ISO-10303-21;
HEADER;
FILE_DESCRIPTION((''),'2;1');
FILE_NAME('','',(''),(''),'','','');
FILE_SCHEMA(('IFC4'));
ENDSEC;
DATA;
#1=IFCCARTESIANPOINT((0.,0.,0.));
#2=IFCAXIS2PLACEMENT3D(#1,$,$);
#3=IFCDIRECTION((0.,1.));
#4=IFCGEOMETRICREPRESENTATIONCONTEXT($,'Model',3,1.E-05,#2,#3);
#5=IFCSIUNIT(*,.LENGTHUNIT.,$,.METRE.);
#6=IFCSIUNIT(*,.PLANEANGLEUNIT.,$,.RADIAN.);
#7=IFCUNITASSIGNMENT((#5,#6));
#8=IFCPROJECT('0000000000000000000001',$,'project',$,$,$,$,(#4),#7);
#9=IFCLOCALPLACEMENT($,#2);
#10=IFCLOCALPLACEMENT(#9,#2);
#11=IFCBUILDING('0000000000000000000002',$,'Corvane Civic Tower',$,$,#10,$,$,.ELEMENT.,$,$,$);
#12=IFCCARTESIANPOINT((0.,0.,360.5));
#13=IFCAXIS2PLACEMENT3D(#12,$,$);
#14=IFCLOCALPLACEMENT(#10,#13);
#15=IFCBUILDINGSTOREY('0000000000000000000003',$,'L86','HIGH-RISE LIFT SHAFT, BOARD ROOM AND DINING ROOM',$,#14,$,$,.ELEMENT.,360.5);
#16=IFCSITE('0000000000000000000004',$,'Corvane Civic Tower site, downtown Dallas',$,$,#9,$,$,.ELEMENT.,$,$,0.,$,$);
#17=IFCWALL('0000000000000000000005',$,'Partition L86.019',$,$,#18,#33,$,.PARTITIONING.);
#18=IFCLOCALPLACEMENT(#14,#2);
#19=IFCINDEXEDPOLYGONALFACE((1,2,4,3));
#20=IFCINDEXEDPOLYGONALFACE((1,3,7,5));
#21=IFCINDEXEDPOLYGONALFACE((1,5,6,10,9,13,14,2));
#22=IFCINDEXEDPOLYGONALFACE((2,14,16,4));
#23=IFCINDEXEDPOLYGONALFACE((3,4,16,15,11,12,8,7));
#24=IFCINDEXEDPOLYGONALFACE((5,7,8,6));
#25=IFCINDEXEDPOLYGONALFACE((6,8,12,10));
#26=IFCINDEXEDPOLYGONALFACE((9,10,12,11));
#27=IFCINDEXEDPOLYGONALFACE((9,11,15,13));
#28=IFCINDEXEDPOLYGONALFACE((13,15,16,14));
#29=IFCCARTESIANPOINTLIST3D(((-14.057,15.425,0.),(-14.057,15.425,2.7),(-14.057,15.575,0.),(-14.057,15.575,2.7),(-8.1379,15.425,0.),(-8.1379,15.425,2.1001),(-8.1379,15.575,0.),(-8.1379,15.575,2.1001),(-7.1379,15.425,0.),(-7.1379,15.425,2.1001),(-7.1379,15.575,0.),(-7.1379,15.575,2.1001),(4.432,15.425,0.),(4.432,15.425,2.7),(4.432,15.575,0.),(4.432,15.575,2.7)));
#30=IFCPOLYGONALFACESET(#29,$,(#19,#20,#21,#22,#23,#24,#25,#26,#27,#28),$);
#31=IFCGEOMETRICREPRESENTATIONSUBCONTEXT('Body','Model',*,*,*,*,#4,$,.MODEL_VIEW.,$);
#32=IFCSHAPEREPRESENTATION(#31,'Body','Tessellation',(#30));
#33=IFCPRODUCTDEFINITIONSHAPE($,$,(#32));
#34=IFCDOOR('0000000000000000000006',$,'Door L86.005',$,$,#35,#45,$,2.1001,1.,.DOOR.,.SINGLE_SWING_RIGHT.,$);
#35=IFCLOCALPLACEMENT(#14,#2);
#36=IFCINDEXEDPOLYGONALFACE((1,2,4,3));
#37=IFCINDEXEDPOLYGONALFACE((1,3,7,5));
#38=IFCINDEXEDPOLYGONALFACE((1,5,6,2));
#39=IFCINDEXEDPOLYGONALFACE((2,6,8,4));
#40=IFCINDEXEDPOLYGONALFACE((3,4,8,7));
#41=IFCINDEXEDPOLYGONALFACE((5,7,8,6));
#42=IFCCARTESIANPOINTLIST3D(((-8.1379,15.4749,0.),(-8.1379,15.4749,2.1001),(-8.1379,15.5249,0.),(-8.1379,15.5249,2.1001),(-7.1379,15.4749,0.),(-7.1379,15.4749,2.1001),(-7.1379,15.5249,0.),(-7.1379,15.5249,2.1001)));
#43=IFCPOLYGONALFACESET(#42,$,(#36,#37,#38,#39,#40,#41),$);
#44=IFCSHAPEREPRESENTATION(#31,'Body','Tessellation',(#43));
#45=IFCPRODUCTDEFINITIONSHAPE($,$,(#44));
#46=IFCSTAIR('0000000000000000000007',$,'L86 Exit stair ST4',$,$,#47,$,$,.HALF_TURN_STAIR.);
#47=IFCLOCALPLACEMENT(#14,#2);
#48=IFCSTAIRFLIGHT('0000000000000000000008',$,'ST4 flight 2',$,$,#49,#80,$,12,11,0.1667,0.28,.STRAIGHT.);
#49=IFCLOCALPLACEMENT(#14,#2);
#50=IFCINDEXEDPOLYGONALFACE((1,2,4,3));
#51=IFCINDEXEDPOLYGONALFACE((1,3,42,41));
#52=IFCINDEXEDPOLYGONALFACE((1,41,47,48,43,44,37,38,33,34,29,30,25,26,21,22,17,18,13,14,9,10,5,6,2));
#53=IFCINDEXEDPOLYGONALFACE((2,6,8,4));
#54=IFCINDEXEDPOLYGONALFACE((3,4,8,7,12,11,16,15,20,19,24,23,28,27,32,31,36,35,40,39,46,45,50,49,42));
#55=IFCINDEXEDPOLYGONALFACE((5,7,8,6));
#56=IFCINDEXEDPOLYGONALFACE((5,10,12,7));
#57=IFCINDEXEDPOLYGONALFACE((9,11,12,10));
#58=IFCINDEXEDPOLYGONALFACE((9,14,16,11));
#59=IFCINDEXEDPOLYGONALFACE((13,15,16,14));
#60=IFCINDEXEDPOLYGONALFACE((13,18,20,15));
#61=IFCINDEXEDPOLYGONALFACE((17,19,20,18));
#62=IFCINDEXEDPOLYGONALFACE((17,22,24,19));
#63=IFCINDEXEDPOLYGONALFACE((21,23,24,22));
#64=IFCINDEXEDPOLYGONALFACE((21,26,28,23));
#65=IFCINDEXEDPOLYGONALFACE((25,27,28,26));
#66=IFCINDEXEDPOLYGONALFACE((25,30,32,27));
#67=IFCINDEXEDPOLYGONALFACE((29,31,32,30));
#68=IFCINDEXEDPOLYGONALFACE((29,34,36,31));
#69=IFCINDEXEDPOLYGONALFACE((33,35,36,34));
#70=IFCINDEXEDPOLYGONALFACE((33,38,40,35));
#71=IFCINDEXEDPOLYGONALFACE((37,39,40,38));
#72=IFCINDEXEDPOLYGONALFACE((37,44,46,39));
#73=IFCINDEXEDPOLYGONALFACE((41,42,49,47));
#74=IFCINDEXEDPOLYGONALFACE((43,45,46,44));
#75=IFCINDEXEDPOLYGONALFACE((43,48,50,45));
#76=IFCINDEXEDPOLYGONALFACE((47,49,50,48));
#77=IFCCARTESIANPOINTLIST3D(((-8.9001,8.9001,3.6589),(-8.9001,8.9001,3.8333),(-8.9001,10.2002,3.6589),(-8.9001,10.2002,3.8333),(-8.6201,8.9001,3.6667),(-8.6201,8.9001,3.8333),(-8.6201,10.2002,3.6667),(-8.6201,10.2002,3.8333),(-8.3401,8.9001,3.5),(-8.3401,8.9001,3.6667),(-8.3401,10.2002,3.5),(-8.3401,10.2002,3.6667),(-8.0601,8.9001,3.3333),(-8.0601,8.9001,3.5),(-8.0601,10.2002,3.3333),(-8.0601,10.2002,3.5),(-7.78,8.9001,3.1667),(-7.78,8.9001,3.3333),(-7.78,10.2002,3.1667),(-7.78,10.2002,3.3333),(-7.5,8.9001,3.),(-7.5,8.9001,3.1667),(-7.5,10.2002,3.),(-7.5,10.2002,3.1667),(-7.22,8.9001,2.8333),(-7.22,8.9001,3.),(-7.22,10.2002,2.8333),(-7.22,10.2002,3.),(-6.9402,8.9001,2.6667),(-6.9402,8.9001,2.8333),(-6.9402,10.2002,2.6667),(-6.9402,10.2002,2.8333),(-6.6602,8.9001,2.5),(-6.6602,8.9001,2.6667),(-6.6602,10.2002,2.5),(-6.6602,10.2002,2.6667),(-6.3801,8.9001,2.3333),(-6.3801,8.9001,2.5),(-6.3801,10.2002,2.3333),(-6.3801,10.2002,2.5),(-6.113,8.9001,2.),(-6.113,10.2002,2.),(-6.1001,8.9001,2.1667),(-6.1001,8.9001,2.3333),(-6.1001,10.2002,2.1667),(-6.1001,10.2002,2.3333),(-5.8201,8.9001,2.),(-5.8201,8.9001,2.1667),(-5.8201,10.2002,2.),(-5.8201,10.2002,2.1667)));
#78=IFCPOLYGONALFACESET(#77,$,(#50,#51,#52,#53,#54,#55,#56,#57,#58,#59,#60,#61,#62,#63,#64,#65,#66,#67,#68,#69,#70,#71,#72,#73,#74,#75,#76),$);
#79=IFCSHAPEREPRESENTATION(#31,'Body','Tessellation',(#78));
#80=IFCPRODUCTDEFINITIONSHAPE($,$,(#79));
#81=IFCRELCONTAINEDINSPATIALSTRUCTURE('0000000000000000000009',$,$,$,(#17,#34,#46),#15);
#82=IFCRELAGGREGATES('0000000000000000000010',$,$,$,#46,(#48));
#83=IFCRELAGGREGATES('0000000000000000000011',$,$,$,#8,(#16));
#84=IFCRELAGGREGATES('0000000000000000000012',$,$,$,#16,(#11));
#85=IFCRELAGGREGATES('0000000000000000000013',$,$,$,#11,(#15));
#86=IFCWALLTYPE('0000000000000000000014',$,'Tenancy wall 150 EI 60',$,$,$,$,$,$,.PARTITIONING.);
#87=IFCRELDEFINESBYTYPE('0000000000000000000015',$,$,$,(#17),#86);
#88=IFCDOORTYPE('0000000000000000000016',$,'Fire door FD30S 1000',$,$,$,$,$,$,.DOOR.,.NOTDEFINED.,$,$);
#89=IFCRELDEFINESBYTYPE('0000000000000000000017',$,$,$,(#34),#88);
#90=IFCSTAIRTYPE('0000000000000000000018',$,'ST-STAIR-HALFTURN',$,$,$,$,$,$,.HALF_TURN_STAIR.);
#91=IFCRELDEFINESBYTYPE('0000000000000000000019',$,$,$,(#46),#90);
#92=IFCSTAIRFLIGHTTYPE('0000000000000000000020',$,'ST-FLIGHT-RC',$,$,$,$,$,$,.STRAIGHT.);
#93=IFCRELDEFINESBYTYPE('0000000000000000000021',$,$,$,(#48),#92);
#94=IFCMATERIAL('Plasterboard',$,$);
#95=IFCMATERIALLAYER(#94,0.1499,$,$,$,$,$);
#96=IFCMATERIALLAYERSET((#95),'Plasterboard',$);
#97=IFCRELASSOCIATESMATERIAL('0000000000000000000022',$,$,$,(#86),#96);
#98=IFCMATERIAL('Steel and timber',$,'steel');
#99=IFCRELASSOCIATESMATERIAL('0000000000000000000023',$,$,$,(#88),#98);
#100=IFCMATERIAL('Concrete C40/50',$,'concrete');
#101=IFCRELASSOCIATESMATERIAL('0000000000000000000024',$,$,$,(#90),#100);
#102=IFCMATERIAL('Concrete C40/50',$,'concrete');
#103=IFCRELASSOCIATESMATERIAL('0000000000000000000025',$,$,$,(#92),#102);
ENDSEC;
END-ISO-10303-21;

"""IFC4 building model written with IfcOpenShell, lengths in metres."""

from ifc_helpers import new_model, si_unit, direction, frame, frame_2d, origin, place, context, subcontext, project, spatial, polyline, rectangle, outline, extrude, material, layer, layer_set, type_object, element, fill, aggregate, save


model = new_model("IFC4")

# Units and contexts
model_context = context("Model", 3, precision=1e-05, world=origin(), true_north=direction((0.0, 1.0)))
body_context = subcontext(model_context, "Body", "Model", "MODEL_VIEW")
ifc_project = project(units=[si_unit("LENGTHUNIT", "METRE"), si_unit("PLANEANGLEUNIT", "RADIAN")], contexts=[model_context])

# Site, building, storey
site_placement = place(None, origin())
site = spatial("IfcSite", under=ifc_project, at=site_placement, Name="Corvane Civic Tower site, downtown Dallas", CompositionType="ELEMENT", RefElevation=0.0)
building_placement = place(site_placement, origin())
building = spatial("IfcBuilding", under=site, at=building_placement, Name="Corvane Civic Tower", CompositionType="ELEMENT")
storey_placement = place(building_placement, frame((0.0, 0.0, 360.5)))
storey = spatial("IfcBuildingStorey", under=building, at=storey_placement, Name="L86", Description="HIGH-RISE LIFT SHAFT, BOARD ROOM AND DINING ROOM", CompositionType="ELEMENT", Elevation=360.5)

# Wall, opening, door
ifc_material_1 = material(Name="Plasterboard")
ifc_layer_1 = layer(ifc_material_1, 0.1499)
ifc_layer_set_1 = layer_set([ifc_layer_1], Name="Plasterboard")
wall_type_1 = type_object("IfcWallType", Name="Tenancy wall 150 EI 60", PredefinedType="PARTITIONING", material=ifc_layer_set_1)
wall_1_placement = place(storey_placement, frame((-14.0571, 15.5, 0.0), z_axis=(0.0, 0.0, 1.0), x_axis=(1.0, 0.0, 0.0)))
wall_1 = element("IfcWall", 1, at=wall_1_placement, inside=storey, type_object=wall_type_1, Name="Partition L86.019", PredefinedType="PARTITIONING", context=body_context, shape_type="SweptSolid", body=[
    extrude(rectangle(XDim=18.489, YDim=0.1499, at=frame_2d((9.2446, 0.0))), origin(), (0.0, 0.0, 1.0), 2.7),
])
opening_placement = place(wall_1_placement, frame((5.9192, 0.0, 0.0)))
opening = element("IfcOpeningElement", 2, at=opening_placement, cuts=wall_1, PredefinedType="OPENING", context=body_context, shape_type="SweptSolid", body=[
    extrude(rectangle(XDim=1.0, YDim=2.1001, at=frame_2d((0.5, 1.05))), frame((0.0, 0.085, 0.0), z_axis=(0.0, -1.0, 0.0), x_axis=(1.0, 0.0, 0.0)), (0.0, 0.0, 1.0), 0.1699),
])
ifc_material_2 = material(Name="Steel and timber", Category="steel")
door_type = type_object("IfcDoorType", Name="Fire door FD30S 1000", OperationType="NOTDEFINED", PredefinedType="DOOR", material=ifc_material_2)
door_placement = place(opening_placement, origin())
door = element("IfcDoor", 3, at=door_placement, inside=storey, type_object=door_type, Name="Door L86.005", OperationType="SINGLE_SWING_RIGHT", OverallHeight=2.1001, OverallWidth=1.0, PredefinedType="DOOR", context=body_context, shape_type="SweptSolid", body=[
    extrude(rectangle(XDim=1.0, YDim=2.1001, at=frame_2d((0.5, 1.05))), frame((0.0, 0.0249, 0.0), z_axis=(0.0, -1.0, 0.0), x_axis=(1.0, 0.0, 0.0)), (0.0, 0.0, 1.0), 0.05),
])
fill(opening, door)

# Stair, stair flight
ifc_material_3 = material(Name="Concrete C40/50", Category="concrete")
stair_type = type_object("IfcStairType", Name="ST-STAIR-HALFTURN", PredefinedType="HALF_TURN_STAIR", material=ifc_material_3)
stair_placement = place(storey_placement, origin())
stair = element("IfcStair", 4, at=stair_placement, inside=storey, type_object=stair_type, Name="L86 Exit stair ST4", PredefinedType="HALF_TURN_STAIR")
ifc_material_4 = material(Name="Concrete C40/50", Category="concrete")
stair_flight_type = type_object("IfcStairFlightType", Name="ST-FLIGHT-RC", PredefinedType="STRAIGHT", material=ifc_material_4)
stair_flight_placement = place(storey_placement, frame((-5.8201, 9.55, 2.0), z_axis=(0.0, 0.0, 1.0), x_axis=(-1.0, 0.0, 0.0)))
stair_flight = element("IfcStairFlight", 5, at=stair_flight_placement, type_object=stair_flight_type, Name="ST4 flight 2", NumberOfRisers=12, NumberOfTreads=11, PredefinedType="STRAIGHT", RiserHeight=0.1667, TreadLength=0.28, context=body_context, shape_type="SweptSolid", body=[
    extrude(outline(polyline([(0.0, 0.0), (0.0, 0.1667), (0.28, 0.1667), (0.28, 0.3333), (0.5601, 0.3333), (0.5601, 0.5), (0.8401, 0.5), (0.8401, 0.6667), (1.1201, 0.6667), (1.1201, 0.8333), (1.3999, 0.8333), (1.3999, 1.0), (1.6799, 1.0), (1.6799, 1.1667), (1.96, 1.1667), (1.96, 1.3333), (2.24, 1.3333), (2.24, 1.5), (2.52, 1.5), (2.52, 1.6667), (2.8, 1.6667), (2.8, 1.8333), (3.0801, 1.8333), (3.0801, 2.0), (3.0801, 1.6589), (0.293, 0.0), (0.0, 0.0)])), frame((0.0, 0.6499, 0.0), z_axis=(0.0, -1.0, 0.0), x_axis=(1.0, 0.0, 0.0)), (0.0, 0.0, 1.0), 1.3),
])
aggregate(stair, [stair_flight])

save(model, "model.ifc")
